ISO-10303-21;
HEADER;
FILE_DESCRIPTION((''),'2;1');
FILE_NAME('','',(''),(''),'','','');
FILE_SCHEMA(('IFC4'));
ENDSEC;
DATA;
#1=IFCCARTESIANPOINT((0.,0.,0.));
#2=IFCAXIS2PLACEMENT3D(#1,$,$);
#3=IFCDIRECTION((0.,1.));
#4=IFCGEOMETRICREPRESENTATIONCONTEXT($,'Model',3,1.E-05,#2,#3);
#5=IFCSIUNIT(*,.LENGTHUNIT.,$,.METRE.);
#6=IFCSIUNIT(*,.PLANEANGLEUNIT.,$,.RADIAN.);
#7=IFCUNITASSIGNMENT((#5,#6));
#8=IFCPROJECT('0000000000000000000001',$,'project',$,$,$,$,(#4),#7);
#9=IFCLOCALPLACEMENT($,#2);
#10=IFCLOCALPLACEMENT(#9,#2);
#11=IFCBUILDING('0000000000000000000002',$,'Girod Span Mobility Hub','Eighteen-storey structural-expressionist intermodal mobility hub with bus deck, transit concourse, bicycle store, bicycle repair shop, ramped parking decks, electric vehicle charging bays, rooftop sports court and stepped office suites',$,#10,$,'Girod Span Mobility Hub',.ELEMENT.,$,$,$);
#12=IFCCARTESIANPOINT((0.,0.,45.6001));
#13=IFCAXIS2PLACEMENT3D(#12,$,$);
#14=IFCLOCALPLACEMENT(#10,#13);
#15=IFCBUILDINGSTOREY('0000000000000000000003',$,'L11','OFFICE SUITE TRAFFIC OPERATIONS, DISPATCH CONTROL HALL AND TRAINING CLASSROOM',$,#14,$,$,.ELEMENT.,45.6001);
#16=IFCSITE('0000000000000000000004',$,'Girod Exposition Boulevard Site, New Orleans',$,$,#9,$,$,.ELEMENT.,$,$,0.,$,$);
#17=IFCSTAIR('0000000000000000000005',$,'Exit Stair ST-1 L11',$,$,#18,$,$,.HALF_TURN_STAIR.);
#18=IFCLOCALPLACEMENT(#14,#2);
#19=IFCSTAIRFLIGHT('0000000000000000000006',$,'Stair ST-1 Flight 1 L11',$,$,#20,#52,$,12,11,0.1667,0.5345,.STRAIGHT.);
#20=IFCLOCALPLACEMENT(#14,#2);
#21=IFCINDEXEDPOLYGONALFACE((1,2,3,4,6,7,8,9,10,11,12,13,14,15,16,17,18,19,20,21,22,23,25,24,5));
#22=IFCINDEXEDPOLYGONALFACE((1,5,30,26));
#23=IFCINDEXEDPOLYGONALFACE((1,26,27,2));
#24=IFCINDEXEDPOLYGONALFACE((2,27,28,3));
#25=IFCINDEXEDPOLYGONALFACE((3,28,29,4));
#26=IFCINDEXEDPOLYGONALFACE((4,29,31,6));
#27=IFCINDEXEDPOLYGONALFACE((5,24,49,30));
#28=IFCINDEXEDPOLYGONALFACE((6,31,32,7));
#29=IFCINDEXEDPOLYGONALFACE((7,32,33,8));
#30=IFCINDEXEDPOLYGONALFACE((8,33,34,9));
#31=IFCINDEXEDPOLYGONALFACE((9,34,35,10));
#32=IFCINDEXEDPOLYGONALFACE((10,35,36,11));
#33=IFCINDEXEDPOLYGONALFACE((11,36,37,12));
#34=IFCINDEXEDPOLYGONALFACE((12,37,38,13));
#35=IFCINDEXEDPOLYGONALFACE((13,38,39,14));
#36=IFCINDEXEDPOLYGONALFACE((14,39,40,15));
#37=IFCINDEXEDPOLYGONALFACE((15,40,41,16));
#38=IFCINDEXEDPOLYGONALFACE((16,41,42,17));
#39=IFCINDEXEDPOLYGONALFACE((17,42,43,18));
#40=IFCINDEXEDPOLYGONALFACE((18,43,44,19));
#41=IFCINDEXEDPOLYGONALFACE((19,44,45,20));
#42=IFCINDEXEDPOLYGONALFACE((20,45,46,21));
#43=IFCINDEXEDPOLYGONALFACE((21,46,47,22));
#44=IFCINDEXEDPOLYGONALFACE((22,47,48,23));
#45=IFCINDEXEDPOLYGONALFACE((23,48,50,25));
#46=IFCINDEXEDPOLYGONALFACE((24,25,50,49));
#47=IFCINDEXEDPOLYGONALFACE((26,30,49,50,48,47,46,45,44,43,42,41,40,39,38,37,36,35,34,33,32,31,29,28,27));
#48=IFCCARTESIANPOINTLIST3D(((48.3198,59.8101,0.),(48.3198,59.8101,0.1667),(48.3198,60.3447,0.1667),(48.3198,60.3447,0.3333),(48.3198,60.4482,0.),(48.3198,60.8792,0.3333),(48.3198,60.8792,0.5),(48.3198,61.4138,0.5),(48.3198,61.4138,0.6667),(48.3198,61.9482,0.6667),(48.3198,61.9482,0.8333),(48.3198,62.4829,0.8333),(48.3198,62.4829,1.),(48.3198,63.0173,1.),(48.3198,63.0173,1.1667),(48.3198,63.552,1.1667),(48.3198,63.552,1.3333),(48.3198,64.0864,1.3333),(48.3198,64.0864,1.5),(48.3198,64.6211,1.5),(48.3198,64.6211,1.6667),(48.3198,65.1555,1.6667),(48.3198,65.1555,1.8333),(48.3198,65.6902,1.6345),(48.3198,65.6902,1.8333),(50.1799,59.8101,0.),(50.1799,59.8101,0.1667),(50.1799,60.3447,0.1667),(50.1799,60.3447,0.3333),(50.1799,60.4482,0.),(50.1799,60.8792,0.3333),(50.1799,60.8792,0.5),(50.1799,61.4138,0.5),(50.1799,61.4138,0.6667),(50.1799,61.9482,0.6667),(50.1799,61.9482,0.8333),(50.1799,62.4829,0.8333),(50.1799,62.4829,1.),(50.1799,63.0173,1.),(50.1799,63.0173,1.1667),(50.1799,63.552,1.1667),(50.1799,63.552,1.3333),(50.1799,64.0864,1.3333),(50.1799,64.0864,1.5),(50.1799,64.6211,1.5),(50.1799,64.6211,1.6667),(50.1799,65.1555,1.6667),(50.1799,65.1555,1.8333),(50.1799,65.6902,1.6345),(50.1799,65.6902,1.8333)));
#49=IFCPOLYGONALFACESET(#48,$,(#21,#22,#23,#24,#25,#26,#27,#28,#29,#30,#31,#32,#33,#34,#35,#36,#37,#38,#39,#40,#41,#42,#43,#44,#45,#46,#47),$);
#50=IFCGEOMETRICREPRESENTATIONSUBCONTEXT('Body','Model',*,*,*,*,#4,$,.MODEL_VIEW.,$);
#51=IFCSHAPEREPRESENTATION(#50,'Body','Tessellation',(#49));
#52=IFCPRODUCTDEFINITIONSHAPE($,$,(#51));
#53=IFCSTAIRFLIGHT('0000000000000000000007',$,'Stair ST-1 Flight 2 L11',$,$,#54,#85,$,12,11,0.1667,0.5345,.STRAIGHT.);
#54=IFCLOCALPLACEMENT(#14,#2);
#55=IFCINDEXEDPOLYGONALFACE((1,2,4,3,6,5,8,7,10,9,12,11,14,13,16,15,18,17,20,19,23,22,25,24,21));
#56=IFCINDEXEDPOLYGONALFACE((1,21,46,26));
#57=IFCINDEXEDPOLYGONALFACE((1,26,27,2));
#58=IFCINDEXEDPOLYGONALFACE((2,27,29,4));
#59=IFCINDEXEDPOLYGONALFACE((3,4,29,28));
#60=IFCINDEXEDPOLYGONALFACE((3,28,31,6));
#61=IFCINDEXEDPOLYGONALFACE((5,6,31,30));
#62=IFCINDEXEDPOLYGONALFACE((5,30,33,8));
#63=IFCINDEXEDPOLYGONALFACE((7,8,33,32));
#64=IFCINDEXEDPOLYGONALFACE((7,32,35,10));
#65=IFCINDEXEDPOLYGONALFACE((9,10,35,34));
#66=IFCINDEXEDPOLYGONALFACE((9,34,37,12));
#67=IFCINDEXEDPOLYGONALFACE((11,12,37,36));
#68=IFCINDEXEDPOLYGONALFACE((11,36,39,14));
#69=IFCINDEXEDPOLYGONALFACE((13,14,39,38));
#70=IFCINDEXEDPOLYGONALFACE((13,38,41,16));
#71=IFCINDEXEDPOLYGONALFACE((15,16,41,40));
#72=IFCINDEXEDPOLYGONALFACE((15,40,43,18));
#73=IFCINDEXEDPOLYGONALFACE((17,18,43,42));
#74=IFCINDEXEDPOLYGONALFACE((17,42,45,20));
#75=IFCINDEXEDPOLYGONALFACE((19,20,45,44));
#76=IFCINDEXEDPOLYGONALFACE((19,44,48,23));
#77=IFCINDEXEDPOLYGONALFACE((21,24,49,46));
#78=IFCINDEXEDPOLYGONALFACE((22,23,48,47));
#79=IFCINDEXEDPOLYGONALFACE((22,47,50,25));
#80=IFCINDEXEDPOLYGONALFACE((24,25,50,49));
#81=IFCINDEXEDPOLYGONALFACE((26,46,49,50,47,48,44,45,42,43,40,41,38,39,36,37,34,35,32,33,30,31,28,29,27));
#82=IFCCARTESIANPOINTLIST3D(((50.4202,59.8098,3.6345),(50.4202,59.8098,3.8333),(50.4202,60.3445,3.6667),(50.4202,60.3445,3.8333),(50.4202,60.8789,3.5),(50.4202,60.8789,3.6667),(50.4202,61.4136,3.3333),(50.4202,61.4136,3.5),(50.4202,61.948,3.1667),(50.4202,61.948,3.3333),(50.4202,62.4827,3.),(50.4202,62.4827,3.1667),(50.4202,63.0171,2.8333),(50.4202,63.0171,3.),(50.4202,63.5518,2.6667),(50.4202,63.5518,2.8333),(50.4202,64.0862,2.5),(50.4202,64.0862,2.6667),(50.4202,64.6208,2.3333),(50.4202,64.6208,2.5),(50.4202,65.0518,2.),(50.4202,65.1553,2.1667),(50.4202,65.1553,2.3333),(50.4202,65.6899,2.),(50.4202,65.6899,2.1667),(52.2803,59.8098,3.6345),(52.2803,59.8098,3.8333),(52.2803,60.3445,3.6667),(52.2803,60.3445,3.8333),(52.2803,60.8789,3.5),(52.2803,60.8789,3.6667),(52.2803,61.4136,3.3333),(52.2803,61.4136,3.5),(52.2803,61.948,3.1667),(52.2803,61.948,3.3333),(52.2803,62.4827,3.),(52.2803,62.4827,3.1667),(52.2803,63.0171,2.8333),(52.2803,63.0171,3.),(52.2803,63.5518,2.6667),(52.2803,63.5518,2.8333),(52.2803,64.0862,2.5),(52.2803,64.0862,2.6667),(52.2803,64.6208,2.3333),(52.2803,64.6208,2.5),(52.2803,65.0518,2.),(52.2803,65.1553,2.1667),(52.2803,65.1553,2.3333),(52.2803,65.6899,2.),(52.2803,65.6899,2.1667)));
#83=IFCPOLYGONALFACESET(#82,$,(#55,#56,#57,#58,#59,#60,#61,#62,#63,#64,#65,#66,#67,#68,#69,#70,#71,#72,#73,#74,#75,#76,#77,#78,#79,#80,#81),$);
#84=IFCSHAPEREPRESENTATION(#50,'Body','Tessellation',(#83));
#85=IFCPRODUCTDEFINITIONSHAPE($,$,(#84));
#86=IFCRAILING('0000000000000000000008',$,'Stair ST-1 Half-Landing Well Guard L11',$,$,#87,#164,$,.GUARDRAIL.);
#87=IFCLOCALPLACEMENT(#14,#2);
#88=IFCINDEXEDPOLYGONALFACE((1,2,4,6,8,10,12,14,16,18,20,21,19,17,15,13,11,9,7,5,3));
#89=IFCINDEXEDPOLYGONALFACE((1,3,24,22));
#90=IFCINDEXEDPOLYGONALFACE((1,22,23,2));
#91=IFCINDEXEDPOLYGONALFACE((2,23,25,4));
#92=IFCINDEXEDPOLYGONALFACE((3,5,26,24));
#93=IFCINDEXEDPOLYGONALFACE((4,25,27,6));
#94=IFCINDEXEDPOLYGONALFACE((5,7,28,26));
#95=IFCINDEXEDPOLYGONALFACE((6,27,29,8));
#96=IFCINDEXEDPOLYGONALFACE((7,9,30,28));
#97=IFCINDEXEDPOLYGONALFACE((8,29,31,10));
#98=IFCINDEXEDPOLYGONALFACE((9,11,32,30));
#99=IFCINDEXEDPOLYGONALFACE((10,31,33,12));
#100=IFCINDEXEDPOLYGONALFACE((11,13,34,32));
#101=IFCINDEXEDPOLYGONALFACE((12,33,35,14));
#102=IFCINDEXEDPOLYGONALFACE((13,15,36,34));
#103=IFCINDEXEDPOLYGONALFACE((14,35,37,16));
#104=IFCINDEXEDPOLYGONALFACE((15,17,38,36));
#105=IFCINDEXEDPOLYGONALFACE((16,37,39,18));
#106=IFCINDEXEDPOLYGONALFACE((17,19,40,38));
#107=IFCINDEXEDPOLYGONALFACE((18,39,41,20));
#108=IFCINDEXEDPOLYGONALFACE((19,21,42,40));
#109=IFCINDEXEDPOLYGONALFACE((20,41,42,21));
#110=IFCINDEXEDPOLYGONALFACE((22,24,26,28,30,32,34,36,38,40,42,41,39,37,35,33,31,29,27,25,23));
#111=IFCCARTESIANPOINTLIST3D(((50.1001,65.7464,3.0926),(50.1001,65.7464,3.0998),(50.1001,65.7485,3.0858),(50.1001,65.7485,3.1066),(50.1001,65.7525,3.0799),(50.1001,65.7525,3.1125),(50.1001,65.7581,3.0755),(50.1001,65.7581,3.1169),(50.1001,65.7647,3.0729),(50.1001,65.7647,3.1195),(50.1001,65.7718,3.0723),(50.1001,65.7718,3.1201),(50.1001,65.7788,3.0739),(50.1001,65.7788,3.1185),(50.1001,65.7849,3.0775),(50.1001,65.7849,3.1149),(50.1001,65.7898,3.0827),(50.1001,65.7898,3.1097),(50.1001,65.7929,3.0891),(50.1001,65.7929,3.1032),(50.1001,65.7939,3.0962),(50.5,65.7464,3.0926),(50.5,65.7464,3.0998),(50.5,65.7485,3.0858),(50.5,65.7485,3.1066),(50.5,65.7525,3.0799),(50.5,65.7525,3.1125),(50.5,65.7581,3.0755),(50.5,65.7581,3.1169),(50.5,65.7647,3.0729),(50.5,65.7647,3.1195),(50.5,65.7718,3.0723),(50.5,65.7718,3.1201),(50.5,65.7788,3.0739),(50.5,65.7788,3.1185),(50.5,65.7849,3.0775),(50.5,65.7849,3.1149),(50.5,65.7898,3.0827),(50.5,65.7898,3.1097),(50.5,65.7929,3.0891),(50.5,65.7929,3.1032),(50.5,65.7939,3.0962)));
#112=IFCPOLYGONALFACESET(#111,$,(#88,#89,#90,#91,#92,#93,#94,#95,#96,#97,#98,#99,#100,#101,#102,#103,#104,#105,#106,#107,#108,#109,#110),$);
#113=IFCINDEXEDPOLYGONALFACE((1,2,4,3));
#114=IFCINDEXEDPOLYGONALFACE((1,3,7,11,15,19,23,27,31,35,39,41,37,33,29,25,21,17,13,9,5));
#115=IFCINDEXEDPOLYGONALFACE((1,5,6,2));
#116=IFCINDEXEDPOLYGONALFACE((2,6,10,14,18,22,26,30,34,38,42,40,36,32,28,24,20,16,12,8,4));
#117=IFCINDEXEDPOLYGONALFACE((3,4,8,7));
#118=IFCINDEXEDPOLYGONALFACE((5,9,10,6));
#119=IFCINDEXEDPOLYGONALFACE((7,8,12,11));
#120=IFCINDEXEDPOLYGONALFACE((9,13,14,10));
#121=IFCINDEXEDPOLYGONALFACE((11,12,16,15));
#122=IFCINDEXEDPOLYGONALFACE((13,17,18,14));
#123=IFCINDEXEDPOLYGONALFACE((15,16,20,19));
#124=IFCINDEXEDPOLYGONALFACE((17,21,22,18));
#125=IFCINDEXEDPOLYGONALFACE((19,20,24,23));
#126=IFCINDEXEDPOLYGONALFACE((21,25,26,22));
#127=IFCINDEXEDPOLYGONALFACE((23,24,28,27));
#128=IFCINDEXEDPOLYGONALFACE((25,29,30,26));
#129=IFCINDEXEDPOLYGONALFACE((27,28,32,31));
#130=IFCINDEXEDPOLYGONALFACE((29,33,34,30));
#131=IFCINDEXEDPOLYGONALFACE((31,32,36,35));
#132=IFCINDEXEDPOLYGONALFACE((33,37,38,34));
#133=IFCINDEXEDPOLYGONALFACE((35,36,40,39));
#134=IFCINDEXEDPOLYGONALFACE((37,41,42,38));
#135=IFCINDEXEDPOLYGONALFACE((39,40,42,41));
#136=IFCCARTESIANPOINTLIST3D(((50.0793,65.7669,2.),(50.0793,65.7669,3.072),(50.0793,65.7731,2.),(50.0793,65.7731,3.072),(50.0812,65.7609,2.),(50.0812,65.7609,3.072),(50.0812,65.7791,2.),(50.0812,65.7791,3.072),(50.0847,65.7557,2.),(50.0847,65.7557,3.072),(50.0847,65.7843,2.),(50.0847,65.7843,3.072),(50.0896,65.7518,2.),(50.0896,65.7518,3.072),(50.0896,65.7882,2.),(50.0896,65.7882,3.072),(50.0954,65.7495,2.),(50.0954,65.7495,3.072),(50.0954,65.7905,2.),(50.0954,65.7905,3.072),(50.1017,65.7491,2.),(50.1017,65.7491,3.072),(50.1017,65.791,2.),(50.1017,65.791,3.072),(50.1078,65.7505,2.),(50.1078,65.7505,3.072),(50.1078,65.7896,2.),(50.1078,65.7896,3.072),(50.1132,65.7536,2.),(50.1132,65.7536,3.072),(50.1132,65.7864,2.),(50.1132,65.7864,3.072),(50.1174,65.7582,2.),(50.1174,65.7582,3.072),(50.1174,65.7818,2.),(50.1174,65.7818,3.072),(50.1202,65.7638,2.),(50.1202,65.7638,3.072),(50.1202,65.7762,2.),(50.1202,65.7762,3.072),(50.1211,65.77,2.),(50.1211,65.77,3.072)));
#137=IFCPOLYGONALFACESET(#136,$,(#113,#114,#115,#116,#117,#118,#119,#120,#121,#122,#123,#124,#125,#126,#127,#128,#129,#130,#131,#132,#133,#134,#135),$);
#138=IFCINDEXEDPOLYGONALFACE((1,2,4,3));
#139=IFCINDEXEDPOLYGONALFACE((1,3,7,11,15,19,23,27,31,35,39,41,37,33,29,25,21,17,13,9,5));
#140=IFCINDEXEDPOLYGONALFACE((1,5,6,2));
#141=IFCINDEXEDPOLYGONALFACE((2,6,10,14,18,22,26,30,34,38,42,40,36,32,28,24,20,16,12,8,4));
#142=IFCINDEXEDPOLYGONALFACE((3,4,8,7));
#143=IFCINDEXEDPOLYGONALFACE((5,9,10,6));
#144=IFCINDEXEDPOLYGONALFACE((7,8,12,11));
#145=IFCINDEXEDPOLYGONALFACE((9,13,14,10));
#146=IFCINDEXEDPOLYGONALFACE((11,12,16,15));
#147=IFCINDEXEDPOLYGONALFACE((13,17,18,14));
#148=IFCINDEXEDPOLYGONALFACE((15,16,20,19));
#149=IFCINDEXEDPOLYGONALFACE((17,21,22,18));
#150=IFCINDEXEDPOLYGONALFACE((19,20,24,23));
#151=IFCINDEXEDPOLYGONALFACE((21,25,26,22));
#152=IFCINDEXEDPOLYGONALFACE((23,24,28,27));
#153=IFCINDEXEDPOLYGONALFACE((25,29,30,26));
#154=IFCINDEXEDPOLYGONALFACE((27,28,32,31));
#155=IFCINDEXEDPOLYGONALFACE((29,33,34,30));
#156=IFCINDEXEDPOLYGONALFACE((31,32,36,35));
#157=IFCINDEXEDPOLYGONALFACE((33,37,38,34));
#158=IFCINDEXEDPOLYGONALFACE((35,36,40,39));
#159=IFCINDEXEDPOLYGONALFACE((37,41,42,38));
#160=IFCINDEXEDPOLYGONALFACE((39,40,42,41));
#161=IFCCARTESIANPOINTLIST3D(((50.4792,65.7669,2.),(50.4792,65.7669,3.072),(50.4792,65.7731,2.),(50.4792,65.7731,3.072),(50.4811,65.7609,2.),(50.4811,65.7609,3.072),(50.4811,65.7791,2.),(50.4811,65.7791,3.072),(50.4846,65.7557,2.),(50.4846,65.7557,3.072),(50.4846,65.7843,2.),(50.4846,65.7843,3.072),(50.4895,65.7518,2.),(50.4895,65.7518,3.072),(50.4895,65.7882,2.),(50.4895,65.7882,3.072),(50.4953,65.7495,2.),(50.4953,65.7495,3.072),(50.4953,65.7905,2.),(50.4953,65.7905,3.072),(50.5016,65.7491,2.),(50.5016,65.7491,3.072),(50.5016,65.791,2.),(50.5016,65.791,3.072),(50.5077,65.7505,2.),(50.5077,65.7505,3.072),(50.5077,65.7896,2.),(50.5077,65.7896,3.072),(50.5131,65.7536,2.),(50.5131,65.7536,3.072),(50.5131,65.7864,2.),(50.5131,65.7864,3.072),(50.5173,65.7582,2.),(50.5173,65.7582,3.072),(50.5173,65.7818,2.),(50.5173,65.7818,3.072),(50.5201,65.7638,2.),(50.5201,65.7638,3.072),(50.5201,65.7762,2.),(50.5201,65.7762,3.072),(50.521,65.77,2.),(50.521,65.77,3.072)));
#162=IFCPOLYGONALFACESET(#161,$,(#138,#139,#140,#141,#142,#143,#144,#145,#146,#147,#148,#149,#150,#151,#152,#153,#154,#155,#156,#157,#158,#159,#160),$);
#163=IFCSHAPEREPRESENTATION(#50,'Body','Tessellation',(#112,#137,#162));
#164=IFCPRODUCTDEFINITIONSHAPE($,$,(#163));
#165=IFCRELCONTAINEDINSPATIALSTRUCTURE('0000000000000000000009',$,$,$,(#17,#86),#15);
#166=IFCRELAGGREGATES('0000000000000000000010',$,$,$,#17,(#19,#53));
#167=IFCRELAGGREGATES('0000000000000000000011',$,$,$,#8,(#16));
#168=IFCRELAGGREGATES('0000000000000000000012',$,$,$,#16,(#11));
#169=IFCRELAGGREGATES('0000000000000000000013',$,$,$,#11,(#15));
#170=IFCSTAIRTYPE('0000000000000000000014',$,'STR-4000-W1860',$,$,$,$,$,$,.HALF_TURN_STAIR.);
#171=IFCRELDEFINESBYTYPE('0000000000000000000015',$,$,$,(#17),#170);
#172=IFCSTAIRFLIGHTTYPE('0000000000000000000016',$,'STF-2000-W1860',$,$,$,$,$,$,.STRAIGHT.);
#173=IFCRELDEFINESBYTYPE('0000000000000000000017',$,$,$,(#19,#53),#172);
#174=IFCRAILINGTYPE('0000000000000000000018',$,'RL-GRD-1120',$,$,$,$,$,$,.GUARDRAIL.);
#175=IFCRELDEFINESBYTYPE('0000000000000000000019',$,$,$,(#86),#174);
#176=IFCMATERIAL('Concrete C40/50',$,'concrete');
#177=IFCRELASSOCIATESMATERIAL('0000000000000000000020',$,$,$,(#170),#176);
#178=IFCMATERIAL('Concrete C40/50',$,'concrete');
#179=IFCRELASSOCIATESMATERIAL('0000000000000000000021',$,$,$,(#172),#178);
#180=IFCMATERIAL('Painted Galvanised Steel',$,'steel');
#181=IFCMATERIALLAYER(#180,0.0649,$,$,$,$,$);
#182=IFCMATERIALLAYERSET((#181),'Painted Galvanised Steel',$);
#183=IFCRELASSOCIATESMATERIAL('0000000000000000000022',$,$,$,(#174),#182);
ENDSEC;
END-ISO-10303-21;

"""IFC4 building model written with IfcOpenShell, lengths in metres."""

from ifc_helpers import new_model, si_unit, direction, frame, origin, origin_2d, place, context, subcontext, project, spatial, polyline, circle, outline, extrude, material, layer, layer_set, type_object, element, aggregate, save


model = new_model("IFC4")

# Units and contexts
model_context = context("Model", 3, precision=1e-05, world=origin(), true_north=direction((0.0, 1.0)))
body_context = subcontext(model_context, "Body", "Model", "MODEL_VIEW")
ifc_project = project(units=[si_unit("LENGTHUNIT", "METRE"), si_unit("PLANEANGLEUNIT", "RADIAN")], contexts=[model_context])

# Site, building, storey
site_placement = place(None, origin())
site = spatial("IfcSite", under=ifc_project, at=site_placement, Name="Girod Exposition Boulevard Site, New Orleans", CompositionType="ELEMENT", RefElevation=0.0)
building_placement = place(site_placement, origin())
building = spatial("IfcBuilding", under=site, at=building_placement, Name="Girod Span Mobility Hub", Description="Eighteen-storey structural-expressionist intermodal mobility hub with bus deck, transit concourse, bicycle store, bicycle repair shop, ramped parking decks, electric vehicle charging bays, rooftop sports court and stepped office suites", LongName="Girod Span Mobility Hub", CompositionType="ELEMENT")
storey_placement = place(building_placement, frame((0.0, 0.0, 45.6001)))
storey = spatial("IfcBuildingStorey", under=building, at=storey_placement, Name="L11", Description="OFFICE SUITE TRAFFIC OPERATIONS, DISPATCH CONTROL HALL AND TRAINING CLASSROOM", CompositionType="ELEMENT", Elevation=45.6001)

# Stair, stair flights
ifc_material_1 = material(Name="Concrete C40/50", Category="concrete")
stair_type = type_object("IfcStairType", Name="STR-4000-W1860", PredefinedType="HALF_TURN_STAIR", material=ifc_material_1)
stair_placement = place(storey_placement, origin())
stair = element("IfcStair", 1, at=stair_placement, inside=storey, type_object=stair_type, Name="Exit Stair ST-1 L11", PredefinedType="HALF_TURN_STAIR")
ifc_material_2 = material(Name="Concrete C40/50", Category="concrete")
stair_flight_type = type_object("IfcStairFlightType", Name="STF-2000-W1860", PredefinedType="STRAIGHT", material=ifc_material_2)
stair_flight_1_placement = place(storey_placement, frame((49.25, 59.8101, 0.0), z_axis=(0.0, 0.0, 1.0), x_axis=(0.0, 1.0, 0.0)))
stair_flight_1 = element("IfcStairFlight", 2, at=stair_flight_1_placement, type_object=stair_flight_type, Name="Stair ST-1 Flight 1 L11", NumberOfRisers=12, NumberOfTreads=11, PredefinedType="STRAIGHT", RiserHeight=0.1667, TreadLength=0.5345, context=body_context, shape_type="SweptSolid", body=[
    extrude(outline(polyline([(0.0, 0.0), (0.0, 0.1667), (0.5347, 0.1667), (0.5347, 0.3333), (1.0691, 0.3333), (1.0691, 0.5), (1.6038, 0.5), (1.6038, 0.6667), (2.1382, 0.6667), (2.1382, 0.8333), (2.6729, 0.8333), (2.6729, 1.0), (3.2073, 1.0), (3.2073, 1.1667), (3.7419, 1.1667), (3.7419, 1.3333), (4.2764, 1.3333), (4.2764, 1.5), (4.811, 1.5), (4.811, 1.6667), (5.3455, 1.6667), (5.3455, 1.8333), (5.8801, 1.8333), (5.8801, 2.0), (5.8801, 1.6345), (0.6382, 0.0), (0.0, 0.0)])), frame((0.0, 0.9302, 0.0), z_axis=(0.0, -1.0, 0.0), x_axis=(1.0, 0.0, 0.0)), (0.0, 0.0, 1.0), 1.8601),
])
stair_flight_2_placement = place(storey_placement, frame((51.3501, 65.6899, 2.0), z_axis=(0.0, 0.0, 1.0), x_axis=(0.0, -1.0, 0.0)))
stair_flight_2 = element("IfcStairFlight", 3, at=stair_flight_2_placement, type_object=stair_flight_type, Name="Stair ST-1 Flight 2 L11", NumberOfRisers=12, NumberOfTreads=11, PredefinedType="STRAIGHT", RiserHeight=0.1667, TreadLength=0.5345, context=body_context, shape_type="SweptSolid", body=[
    extrude(outline(polyline([(0.0, 0.0), (0.0, 0.1667), (0.5347, 0.1667), (0.5347, 0.3333), (1.0691, 0.3333), (1.0691, 0.5), (1.6038, 0.5), (1.6038, 0.6667), (2.1382, 0.6667), (2.1382, 0.8333), (2.6729, 0.8333), (2.6729, 1.0), (3.2073, 1.0), (3.2073, 1.1667), (3.7419, 1.1667), (3.7419, 1.3333), (4.2764, 1.3333), (4.2764, 1.5), (4.811, 1.5), (4.811, 1.6667), (5.3455, 1.6667), (5.3455, 1.8333), (5.8801, 1.8333), (5.8801, 2.0), (5.8801, 1.6345), (0.6382, 0.0), (0.0, 0.0)])), frame((0.0, 0.9302, 0.0), z_axis=(0.0, -1.0, 0.0), x_axis=(1.0, 0.0, 0.0)), (0.0, 0.0, 1.0), 1.8601),
])
aggregate(stair, [stair_flight_1, stair_flight_2])

# Railing
ifc_material_3 = material(Name="Painted Galvanised Steel", Category="steel")
ifc_layer_1 = layer(ifc_material_3, 0.0649)
ifc_layer_set_1 = layer_set([ifc_layer_1], Name="Painted Galvanised Steel")
railing_type_1 = type_object("IfcRailingType", Name="RL-GRD-1120", PredefinedType="GUARDRAIL", material=ifc_layer_set_1)
for number, where, name in (
    (4, (50.1001, 65.77, 2.0), "Stair ST-1 Half-Landing Well Guard L11"),
):
    element("IfcRailing", number, at=place(storey_placement, frame(where)), inside=storey, type_object=railing_type_1, Name=name, PredefinedType="GUARDRAIL", context=body_context, shape_type="SweptSolid", body=[
        extrude(circle(Radius=0.0239, at=origin_2d()), frame((0.0, 0.0, 1.0962), z_axis=(1.0, 0.0, 0.0), x_axis=(0.0, 1.0, 0.0)), (0.0, 0.0, 1.0), 0.3999),
        extrude(circle(Radius=0.021, at=origin_2d()), origin(), (0.0, 0.0, 1.0), 1.072),
        extrude(circle(Radius=0.021, at=origin_2d()), frame((0.3999, 0.0, 0.0)), (0.0, 0.0, 1.0), 1.072),
    ])

save(model, "model.ifc")
